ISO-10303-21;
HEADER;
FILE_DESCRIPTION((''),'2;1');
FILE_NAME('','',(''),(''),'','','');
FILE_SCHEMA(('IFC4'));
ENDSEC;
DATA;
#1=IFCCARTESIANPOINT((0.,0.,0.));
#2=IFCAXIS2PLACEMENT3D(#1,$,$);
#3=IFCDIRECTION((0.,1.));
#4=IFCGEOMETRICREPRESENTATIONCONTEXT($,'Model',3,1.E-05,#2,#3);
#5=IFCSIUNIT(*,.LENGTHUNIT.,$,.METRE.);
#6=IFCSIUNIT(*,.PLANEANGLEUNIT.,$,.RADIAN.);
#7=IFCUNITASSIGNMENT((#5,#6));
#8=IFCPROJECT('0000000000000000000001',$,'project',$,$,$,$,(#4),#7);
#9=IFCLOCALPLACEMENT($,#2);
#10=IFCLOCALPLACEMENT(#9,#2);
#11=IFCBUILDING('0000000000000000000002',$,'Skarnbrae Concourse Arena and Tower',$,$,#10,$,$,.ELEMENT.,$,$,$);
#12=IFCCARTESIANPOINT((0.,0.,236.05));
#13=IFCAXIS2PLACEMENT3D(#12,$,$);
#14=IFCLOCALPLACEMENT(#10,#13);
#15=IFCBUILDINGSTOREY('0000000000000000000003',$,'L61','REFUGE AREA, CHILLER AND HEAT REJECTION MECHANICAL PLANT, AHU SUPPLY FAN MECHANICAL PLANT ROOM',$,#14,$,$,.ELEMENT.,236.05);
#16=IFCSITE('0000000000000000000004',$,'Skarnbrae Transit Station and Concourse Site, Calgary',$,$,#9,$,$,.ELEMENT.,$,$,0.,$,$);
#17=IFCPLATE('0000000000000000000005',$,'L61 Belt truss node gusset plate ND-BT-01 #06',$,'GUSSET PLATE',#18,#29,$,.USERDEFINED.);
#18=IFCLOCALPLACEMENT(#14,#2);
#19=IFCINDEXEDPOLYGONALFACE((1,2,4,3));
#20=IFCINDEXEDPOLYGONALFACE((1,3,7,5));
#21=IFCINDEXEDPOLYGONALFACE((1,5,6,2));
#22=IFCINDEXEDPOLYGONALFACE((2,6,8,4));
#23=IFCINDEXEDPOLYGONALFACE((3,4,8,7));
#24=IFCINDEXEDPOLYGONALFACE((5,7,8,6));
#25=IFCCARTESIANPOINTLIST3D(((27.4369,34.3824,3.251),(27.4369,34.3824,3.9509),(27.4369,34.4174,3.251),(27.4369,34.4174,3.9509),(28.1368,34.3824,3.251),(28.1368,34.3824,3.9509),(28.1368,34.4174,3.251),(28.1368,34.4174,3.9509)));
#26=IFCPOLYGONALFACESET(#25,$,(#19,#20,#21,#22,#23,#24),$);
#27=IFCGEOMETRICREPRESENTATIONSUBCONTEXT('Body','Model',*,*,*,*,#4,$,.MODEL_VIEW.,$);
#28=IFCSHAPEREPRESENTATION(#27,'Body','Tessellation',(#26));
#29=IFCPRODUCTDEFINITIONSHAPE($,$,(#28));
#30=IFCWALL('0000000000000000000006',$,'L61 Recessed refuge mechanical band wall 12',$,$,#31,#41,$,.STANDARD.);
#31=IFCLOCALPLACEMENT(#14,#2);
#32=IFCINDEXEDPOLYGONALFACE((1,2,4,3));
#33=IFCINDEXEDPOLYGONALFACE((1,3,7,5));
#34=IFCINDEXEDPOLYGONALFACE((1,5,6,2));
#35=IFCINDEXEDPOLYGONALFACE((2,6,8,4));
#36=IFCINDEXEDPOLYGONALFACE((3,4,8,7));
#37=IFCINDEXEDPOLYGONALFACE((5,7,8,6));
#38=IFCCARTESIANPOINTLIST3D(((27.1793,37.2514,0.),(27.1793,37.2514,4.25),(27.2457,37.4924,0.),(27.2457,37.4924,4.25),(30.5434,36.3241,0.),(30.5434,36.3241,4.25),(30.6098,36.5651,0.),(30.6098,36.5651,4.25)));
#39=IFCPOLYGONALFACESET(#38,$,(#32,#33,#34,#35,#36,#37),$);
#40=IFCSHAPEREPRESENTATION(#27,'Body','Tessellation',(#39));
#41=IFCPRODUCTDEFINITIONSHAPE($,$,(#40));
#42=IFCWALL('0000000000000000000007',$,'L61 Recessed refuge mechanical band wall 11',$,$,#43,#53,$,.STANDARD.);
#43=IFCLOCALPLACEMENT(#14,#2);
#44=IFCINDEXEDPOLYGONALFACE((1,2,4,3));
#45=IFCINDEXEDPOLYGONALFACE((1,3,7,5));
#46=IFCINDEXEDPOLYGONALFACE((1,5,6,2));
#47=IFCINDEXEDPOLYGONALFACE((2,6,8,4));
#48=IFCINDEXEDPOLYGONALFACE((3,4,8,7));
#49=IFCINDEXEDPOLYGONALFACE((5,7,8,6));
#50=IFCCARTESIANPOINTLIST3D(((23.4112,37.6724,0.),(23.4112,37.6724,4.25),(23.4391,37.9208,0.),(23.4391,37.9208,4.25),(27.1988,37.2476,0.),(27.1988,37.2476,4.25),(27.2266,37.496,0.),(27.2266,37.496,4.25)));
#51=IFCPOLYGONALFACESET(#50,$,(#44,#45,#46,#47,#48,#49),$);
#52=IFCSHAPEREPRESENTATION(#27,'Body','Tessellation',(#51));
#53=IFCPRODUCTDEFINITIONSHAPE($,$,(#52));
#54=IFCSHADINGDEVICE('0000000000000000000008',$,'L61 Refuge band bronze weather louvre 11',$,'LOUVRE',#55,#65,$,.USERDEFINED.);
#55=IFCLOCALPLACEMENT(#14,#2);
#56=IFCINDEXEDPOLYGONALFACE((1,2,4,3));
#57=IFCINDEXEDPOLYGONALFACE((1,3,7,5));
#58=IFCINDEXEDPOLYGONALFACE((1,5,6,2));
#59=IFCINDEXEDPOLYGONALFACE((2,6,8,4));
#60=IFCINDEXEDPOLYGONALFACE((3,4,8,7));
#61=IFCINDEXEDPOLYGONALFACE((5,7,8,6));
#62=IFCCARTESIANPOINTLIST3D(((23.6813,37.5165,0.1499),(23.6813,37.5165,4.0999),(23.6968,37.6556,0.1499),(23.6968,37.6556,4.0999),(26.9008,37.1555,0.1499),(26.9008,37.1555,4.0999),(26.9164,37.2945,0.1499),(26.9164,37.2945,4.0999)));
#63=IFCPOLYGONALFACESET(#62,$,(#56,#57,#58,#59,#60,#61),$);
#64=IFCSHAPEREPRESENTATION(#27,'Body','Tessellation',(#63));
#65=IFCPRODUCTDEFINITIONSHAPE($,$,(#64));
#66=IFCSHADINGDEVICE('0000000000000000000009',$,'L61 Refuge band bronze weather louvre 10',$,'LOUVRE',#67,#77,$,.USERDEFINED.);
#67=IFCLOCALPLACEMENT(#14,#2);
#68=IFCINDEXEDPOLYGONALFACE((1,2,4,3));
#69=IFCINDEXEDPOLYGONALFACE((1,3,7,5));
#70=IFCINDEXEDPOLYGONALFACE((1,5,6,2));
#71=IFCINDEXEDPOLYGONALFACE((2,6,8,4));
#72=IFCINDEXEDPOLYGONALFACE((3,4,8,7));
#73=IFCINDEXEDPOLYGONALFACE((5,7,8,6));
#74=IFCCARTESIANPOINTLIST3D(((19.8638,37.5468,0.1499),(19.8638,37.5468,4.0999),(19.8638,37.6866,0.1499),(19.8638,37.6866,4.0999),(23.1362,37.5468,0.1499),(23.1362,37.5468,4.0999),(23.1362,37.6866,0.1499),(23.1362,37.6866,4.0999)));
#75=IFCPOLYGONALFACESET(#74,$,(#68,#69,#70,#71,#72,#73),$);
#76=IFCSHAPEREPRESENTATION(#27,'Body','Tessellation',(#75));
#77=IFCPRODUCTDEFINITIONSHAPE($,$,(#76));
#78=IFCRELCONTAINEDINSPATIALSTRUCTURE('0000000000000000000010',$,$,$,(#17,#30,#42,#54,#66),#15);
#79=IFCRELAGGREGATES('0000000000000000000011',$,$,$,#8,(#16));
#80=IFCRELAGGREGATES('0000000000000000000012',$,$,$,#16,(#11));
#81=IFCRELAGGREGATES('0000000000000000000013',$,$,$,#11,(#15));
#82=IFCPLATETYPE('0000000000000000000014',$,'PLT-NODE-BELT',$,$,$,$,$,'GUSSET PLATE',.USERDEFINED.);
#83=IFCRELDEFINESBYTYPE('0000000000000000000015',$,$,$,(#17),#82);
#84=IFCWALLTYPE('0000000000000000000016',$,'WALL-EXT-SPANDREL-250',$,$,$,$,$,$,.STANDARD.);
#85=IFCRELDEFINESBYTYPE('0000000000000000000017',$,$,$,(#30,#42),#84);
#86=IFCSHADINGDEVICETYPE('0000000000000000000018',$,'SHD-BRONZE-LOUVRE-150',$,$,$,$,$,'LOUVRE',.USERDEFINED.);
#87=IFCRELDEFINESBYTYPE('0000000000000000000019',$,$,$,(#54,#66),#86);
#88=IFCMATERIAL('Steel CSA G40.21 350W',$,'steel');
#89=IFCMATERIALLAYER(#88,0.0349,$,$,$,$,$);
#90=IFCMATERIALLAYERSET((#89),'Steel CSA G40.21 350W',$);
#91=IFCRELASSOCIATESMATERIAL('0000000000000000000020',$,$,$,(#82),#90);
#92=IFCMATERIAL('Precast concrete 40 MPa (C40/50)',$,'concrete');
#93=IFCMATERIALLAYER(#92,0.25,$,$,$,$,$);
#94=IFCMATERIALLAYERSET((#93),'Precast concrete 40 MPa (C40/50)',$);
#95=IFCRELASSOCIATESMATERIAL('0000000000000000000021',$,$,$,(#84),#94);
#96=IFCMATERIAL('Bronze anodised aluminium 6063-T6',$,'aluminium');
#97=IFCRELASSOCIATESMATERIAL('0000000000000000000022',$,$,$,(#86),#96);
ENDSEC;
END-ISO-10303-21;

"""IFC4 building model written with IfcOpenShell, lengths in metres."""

from ifc_helpers import new_model, si_unit, direction, frame, frame_2d, origin, origin_2d, place, context, subcontext, project, spatial, rectangle, extrude, source, transform, mapped, material, layer, layer_set, type_object, element, save


model = new_model("IFC4")

# Units and contexts
model_context = context("Model", 3, precision=1e-05, world=origin(), true_north=direction((0.0, 1.0)))
body_context = subcontext(model_context, "Body", "Model", "MODEL_VIEW")
ifc_project = project(units=[si_unit("LENGTHUNIT", "METRE"), si_unit("PLANEANGLEUNIT", "RADIAN")], contexts=[model_context])

# Site, building, storey
site_placement = place(None, origin())
site = spatial("IfcSite", under=ifc_project, at=site_placement, Name="Skarnbrae Transit Station and Concourse Site, Calgary", CompositionType="ELEMENT", RefElevation=0.0)
building_placement = place(site_placement, origin())
building = spatial("IfcBuilding", under=site, at=building_placement, Name="Skarnbrae Concourse Arena and Tower", CompositionType="ELEMENT")
storey_placement = place(building_placement, frame((0.0, 0.0, 236.05)))
storey = spatial("IfcBuildingStorey", under=building, at=storey_placement, Name="L61", Description="REFUGE AREA, CHILLER AND HEAT REJECTION MECHANICAL PLANT, AHU SUPPLY FAN MECHANICAL PLANT ROOM", CompositionType="ELEMENT", Elevation=236.05)

# Shared definitions
ifc_material_1 = material(Name="Steel CSA G40.21 350W", Category="steel")

# Plate
ifc_layer_1 = layer(ifc_material_1, 0.0349)
ifc_layer_set_1 = layer_set([ifc_layer_1], Name="Steel CSA G40.21 350W")
plate_type_1 = type_object("IfcPlateType", Name="PLT-NODE-BELT", ElementType="GUSSET PLATE", PredefinedType="USERDEFINED", material=ifc_layer_set_1)
shared_shape_1 = source(origin(), body_context, "Body", "SweptSolid", [
    extrude(rectangle(XDim=0.7, YDim=0.0349, at=origin_2d()), origin(), (0.0, 0.0, 1.0), 0.7),
])
plate_placement = place(storey_placement, frame((27.7869, 34.3999, 3.251), z_axis=(0.0, 0.0, 1.0), x_axis=(1.0, 0.0, 0.0)))
element("IfcPlate", 1, at=plate_placement, inside=storey, type_object=plate_type_1, Name="L61 Belt truss node gusset plate ND-BT-01 #06", ObjectType="GUSSET PLATE", PredefinedType="USERDEFINED", context=body_context, shape_type="MappedRepresentation", body=[
    mapped(shared_shape_1, transform((0.0, 0.0, 0.0))),
])

# Walls
ifc_material_2 = material(Name="Precast concrete 40 MPa (C40/50)", Category="concrete")
ifc_layer_2 = layer(ifc_material_2, 0.25)
ifc_layer_set_2 = layer_set([ifc_layer_2], Name="Precast concrete 40 MPa (C40/50)")
wall_type = type_object("IfcWallType", Name="WALL-EXT-SPANDREL-250", PredefinedType="STANDARD", material=ifc_layer_set_2)
shared_shape_2 = source(origin(), body_context, "Body", "SweptSolid", [
    extrude(rectangle(XDim=3.4895, YDim=0.25, at=frame_2d((1.7446, 0.0))), origin(), (0.0, 0.0, 1.0), 4.25),
])
wall_1_placement = place(storey_placement, frame((27.2126, 37.3718, 0.0), z_axis=(0.0, 0.0, 1.0), x_axis=(0.964048, -0.265727, 0.0)))
element("IfcWall", 2, at=wall_1_placement, inside=storey, type_object=wall_type, Name="L61 Recessed refuge mechanical band wall 12", PredefinedType="STANDARD", context=body_context, shape_type="MappedRepresentation", body=[
    mapped(shared_shape_2, transform((0.0, 0.0, 0.0))),
])
shared_shape_3 = source(origin(), body_context, "Body", "SweptSolid", [
    extrude(rectangle(XDim=3.8113, YDim=0.25, at=frame_2d((1.9058, 0.0))), origin(), (0.0, 0.0, 1.0), 4.25),
])
wall_2_placement = place(storey_placement, frame((23.425, 37.7966, 0.0), z_axis=(0.0, 0.0, 1.0), x_axis=(0.993769, -0.111458, 0.0)))
element("IfcWall", 3, at=wall_2_placement, inside=storey, type_object=wall_type, Name="L61 Recessed refuge mechanical band wall 11", PredefinedType="STANDARD", context=body_context, shape_type="MappedRepresentation", body=[
    mapped(shared_shape_3, transform((0.0, 0.0, 0.0))),
])

# Shading devices
ifc_material_3 = material(Name="Bronze anodised aluminium 6063-T6", Category="aluminium")
shading_device_type = type_object("IfcShadingDeviceType", Name="SHD-BRONZE-LOUVRE-150", ElementType="LOUVRE", PredefinedType="USERDEFINED", material=ifc_material_3)
shared_shape_4 = source(origin(), body_context, "Body", "SweptSolid", [
    extrude(rectangle(XDim=3.2397, YDim=0.1399, at=origin_2d()), origin(), (0.0, 0.0, 1.0), 3.95),
])
shading_device_1_placement = place(storey_placement, frame((25.2988, 37.4055, 0.1499), z_axis=(0.0, 0.0, 1.0), x_axis=(0.99377, -0.111453, 0.0)))
element("IfcShadingDevice", 4, at=shading_device_1_placement, inside=storey, type_object=shading_device_type, Name="L61 Refuge band bronze weather louvre 11", ObjectType="LOUVRE", PredefinedType="USERDEFINED", context=body_context, shape_type="MappedRepresentation", body=[
    mapped(shared_shape_4, transform((0.0, 0.0, 0.0))),
])
shared_shape_5 = source(origin(), body_context, "Body", "SweptSolid", [
    extrude(rectangle(XDim=3.2725, YDim=0.1399, at=origin_2d()), origin(), (0.0, 0.0, 1.0), 3.95),
])
shading_device_2_placement = place(storey_placement, frame((21.5, 37.6167, 0.1499), z_axis=(0.0, 0.0, 1.0), x_axis=(1.0, 0.0, 0.0)))
element("IfcShadingDevice", 5, at=shading_device_2_placement, inside=storey, type_object=shading_device_type, Name="L61 Refuge band bronze weather louvre 10", ObjectType="LOUVRE", PredefinedType="USERDEFINED", context=body_context, shape_type="MappedRepresentation", body=[
    mapped(shared_shape_5, transform((0.0, 0.0, 0.0))),
])

save(model, "model.ifc")
